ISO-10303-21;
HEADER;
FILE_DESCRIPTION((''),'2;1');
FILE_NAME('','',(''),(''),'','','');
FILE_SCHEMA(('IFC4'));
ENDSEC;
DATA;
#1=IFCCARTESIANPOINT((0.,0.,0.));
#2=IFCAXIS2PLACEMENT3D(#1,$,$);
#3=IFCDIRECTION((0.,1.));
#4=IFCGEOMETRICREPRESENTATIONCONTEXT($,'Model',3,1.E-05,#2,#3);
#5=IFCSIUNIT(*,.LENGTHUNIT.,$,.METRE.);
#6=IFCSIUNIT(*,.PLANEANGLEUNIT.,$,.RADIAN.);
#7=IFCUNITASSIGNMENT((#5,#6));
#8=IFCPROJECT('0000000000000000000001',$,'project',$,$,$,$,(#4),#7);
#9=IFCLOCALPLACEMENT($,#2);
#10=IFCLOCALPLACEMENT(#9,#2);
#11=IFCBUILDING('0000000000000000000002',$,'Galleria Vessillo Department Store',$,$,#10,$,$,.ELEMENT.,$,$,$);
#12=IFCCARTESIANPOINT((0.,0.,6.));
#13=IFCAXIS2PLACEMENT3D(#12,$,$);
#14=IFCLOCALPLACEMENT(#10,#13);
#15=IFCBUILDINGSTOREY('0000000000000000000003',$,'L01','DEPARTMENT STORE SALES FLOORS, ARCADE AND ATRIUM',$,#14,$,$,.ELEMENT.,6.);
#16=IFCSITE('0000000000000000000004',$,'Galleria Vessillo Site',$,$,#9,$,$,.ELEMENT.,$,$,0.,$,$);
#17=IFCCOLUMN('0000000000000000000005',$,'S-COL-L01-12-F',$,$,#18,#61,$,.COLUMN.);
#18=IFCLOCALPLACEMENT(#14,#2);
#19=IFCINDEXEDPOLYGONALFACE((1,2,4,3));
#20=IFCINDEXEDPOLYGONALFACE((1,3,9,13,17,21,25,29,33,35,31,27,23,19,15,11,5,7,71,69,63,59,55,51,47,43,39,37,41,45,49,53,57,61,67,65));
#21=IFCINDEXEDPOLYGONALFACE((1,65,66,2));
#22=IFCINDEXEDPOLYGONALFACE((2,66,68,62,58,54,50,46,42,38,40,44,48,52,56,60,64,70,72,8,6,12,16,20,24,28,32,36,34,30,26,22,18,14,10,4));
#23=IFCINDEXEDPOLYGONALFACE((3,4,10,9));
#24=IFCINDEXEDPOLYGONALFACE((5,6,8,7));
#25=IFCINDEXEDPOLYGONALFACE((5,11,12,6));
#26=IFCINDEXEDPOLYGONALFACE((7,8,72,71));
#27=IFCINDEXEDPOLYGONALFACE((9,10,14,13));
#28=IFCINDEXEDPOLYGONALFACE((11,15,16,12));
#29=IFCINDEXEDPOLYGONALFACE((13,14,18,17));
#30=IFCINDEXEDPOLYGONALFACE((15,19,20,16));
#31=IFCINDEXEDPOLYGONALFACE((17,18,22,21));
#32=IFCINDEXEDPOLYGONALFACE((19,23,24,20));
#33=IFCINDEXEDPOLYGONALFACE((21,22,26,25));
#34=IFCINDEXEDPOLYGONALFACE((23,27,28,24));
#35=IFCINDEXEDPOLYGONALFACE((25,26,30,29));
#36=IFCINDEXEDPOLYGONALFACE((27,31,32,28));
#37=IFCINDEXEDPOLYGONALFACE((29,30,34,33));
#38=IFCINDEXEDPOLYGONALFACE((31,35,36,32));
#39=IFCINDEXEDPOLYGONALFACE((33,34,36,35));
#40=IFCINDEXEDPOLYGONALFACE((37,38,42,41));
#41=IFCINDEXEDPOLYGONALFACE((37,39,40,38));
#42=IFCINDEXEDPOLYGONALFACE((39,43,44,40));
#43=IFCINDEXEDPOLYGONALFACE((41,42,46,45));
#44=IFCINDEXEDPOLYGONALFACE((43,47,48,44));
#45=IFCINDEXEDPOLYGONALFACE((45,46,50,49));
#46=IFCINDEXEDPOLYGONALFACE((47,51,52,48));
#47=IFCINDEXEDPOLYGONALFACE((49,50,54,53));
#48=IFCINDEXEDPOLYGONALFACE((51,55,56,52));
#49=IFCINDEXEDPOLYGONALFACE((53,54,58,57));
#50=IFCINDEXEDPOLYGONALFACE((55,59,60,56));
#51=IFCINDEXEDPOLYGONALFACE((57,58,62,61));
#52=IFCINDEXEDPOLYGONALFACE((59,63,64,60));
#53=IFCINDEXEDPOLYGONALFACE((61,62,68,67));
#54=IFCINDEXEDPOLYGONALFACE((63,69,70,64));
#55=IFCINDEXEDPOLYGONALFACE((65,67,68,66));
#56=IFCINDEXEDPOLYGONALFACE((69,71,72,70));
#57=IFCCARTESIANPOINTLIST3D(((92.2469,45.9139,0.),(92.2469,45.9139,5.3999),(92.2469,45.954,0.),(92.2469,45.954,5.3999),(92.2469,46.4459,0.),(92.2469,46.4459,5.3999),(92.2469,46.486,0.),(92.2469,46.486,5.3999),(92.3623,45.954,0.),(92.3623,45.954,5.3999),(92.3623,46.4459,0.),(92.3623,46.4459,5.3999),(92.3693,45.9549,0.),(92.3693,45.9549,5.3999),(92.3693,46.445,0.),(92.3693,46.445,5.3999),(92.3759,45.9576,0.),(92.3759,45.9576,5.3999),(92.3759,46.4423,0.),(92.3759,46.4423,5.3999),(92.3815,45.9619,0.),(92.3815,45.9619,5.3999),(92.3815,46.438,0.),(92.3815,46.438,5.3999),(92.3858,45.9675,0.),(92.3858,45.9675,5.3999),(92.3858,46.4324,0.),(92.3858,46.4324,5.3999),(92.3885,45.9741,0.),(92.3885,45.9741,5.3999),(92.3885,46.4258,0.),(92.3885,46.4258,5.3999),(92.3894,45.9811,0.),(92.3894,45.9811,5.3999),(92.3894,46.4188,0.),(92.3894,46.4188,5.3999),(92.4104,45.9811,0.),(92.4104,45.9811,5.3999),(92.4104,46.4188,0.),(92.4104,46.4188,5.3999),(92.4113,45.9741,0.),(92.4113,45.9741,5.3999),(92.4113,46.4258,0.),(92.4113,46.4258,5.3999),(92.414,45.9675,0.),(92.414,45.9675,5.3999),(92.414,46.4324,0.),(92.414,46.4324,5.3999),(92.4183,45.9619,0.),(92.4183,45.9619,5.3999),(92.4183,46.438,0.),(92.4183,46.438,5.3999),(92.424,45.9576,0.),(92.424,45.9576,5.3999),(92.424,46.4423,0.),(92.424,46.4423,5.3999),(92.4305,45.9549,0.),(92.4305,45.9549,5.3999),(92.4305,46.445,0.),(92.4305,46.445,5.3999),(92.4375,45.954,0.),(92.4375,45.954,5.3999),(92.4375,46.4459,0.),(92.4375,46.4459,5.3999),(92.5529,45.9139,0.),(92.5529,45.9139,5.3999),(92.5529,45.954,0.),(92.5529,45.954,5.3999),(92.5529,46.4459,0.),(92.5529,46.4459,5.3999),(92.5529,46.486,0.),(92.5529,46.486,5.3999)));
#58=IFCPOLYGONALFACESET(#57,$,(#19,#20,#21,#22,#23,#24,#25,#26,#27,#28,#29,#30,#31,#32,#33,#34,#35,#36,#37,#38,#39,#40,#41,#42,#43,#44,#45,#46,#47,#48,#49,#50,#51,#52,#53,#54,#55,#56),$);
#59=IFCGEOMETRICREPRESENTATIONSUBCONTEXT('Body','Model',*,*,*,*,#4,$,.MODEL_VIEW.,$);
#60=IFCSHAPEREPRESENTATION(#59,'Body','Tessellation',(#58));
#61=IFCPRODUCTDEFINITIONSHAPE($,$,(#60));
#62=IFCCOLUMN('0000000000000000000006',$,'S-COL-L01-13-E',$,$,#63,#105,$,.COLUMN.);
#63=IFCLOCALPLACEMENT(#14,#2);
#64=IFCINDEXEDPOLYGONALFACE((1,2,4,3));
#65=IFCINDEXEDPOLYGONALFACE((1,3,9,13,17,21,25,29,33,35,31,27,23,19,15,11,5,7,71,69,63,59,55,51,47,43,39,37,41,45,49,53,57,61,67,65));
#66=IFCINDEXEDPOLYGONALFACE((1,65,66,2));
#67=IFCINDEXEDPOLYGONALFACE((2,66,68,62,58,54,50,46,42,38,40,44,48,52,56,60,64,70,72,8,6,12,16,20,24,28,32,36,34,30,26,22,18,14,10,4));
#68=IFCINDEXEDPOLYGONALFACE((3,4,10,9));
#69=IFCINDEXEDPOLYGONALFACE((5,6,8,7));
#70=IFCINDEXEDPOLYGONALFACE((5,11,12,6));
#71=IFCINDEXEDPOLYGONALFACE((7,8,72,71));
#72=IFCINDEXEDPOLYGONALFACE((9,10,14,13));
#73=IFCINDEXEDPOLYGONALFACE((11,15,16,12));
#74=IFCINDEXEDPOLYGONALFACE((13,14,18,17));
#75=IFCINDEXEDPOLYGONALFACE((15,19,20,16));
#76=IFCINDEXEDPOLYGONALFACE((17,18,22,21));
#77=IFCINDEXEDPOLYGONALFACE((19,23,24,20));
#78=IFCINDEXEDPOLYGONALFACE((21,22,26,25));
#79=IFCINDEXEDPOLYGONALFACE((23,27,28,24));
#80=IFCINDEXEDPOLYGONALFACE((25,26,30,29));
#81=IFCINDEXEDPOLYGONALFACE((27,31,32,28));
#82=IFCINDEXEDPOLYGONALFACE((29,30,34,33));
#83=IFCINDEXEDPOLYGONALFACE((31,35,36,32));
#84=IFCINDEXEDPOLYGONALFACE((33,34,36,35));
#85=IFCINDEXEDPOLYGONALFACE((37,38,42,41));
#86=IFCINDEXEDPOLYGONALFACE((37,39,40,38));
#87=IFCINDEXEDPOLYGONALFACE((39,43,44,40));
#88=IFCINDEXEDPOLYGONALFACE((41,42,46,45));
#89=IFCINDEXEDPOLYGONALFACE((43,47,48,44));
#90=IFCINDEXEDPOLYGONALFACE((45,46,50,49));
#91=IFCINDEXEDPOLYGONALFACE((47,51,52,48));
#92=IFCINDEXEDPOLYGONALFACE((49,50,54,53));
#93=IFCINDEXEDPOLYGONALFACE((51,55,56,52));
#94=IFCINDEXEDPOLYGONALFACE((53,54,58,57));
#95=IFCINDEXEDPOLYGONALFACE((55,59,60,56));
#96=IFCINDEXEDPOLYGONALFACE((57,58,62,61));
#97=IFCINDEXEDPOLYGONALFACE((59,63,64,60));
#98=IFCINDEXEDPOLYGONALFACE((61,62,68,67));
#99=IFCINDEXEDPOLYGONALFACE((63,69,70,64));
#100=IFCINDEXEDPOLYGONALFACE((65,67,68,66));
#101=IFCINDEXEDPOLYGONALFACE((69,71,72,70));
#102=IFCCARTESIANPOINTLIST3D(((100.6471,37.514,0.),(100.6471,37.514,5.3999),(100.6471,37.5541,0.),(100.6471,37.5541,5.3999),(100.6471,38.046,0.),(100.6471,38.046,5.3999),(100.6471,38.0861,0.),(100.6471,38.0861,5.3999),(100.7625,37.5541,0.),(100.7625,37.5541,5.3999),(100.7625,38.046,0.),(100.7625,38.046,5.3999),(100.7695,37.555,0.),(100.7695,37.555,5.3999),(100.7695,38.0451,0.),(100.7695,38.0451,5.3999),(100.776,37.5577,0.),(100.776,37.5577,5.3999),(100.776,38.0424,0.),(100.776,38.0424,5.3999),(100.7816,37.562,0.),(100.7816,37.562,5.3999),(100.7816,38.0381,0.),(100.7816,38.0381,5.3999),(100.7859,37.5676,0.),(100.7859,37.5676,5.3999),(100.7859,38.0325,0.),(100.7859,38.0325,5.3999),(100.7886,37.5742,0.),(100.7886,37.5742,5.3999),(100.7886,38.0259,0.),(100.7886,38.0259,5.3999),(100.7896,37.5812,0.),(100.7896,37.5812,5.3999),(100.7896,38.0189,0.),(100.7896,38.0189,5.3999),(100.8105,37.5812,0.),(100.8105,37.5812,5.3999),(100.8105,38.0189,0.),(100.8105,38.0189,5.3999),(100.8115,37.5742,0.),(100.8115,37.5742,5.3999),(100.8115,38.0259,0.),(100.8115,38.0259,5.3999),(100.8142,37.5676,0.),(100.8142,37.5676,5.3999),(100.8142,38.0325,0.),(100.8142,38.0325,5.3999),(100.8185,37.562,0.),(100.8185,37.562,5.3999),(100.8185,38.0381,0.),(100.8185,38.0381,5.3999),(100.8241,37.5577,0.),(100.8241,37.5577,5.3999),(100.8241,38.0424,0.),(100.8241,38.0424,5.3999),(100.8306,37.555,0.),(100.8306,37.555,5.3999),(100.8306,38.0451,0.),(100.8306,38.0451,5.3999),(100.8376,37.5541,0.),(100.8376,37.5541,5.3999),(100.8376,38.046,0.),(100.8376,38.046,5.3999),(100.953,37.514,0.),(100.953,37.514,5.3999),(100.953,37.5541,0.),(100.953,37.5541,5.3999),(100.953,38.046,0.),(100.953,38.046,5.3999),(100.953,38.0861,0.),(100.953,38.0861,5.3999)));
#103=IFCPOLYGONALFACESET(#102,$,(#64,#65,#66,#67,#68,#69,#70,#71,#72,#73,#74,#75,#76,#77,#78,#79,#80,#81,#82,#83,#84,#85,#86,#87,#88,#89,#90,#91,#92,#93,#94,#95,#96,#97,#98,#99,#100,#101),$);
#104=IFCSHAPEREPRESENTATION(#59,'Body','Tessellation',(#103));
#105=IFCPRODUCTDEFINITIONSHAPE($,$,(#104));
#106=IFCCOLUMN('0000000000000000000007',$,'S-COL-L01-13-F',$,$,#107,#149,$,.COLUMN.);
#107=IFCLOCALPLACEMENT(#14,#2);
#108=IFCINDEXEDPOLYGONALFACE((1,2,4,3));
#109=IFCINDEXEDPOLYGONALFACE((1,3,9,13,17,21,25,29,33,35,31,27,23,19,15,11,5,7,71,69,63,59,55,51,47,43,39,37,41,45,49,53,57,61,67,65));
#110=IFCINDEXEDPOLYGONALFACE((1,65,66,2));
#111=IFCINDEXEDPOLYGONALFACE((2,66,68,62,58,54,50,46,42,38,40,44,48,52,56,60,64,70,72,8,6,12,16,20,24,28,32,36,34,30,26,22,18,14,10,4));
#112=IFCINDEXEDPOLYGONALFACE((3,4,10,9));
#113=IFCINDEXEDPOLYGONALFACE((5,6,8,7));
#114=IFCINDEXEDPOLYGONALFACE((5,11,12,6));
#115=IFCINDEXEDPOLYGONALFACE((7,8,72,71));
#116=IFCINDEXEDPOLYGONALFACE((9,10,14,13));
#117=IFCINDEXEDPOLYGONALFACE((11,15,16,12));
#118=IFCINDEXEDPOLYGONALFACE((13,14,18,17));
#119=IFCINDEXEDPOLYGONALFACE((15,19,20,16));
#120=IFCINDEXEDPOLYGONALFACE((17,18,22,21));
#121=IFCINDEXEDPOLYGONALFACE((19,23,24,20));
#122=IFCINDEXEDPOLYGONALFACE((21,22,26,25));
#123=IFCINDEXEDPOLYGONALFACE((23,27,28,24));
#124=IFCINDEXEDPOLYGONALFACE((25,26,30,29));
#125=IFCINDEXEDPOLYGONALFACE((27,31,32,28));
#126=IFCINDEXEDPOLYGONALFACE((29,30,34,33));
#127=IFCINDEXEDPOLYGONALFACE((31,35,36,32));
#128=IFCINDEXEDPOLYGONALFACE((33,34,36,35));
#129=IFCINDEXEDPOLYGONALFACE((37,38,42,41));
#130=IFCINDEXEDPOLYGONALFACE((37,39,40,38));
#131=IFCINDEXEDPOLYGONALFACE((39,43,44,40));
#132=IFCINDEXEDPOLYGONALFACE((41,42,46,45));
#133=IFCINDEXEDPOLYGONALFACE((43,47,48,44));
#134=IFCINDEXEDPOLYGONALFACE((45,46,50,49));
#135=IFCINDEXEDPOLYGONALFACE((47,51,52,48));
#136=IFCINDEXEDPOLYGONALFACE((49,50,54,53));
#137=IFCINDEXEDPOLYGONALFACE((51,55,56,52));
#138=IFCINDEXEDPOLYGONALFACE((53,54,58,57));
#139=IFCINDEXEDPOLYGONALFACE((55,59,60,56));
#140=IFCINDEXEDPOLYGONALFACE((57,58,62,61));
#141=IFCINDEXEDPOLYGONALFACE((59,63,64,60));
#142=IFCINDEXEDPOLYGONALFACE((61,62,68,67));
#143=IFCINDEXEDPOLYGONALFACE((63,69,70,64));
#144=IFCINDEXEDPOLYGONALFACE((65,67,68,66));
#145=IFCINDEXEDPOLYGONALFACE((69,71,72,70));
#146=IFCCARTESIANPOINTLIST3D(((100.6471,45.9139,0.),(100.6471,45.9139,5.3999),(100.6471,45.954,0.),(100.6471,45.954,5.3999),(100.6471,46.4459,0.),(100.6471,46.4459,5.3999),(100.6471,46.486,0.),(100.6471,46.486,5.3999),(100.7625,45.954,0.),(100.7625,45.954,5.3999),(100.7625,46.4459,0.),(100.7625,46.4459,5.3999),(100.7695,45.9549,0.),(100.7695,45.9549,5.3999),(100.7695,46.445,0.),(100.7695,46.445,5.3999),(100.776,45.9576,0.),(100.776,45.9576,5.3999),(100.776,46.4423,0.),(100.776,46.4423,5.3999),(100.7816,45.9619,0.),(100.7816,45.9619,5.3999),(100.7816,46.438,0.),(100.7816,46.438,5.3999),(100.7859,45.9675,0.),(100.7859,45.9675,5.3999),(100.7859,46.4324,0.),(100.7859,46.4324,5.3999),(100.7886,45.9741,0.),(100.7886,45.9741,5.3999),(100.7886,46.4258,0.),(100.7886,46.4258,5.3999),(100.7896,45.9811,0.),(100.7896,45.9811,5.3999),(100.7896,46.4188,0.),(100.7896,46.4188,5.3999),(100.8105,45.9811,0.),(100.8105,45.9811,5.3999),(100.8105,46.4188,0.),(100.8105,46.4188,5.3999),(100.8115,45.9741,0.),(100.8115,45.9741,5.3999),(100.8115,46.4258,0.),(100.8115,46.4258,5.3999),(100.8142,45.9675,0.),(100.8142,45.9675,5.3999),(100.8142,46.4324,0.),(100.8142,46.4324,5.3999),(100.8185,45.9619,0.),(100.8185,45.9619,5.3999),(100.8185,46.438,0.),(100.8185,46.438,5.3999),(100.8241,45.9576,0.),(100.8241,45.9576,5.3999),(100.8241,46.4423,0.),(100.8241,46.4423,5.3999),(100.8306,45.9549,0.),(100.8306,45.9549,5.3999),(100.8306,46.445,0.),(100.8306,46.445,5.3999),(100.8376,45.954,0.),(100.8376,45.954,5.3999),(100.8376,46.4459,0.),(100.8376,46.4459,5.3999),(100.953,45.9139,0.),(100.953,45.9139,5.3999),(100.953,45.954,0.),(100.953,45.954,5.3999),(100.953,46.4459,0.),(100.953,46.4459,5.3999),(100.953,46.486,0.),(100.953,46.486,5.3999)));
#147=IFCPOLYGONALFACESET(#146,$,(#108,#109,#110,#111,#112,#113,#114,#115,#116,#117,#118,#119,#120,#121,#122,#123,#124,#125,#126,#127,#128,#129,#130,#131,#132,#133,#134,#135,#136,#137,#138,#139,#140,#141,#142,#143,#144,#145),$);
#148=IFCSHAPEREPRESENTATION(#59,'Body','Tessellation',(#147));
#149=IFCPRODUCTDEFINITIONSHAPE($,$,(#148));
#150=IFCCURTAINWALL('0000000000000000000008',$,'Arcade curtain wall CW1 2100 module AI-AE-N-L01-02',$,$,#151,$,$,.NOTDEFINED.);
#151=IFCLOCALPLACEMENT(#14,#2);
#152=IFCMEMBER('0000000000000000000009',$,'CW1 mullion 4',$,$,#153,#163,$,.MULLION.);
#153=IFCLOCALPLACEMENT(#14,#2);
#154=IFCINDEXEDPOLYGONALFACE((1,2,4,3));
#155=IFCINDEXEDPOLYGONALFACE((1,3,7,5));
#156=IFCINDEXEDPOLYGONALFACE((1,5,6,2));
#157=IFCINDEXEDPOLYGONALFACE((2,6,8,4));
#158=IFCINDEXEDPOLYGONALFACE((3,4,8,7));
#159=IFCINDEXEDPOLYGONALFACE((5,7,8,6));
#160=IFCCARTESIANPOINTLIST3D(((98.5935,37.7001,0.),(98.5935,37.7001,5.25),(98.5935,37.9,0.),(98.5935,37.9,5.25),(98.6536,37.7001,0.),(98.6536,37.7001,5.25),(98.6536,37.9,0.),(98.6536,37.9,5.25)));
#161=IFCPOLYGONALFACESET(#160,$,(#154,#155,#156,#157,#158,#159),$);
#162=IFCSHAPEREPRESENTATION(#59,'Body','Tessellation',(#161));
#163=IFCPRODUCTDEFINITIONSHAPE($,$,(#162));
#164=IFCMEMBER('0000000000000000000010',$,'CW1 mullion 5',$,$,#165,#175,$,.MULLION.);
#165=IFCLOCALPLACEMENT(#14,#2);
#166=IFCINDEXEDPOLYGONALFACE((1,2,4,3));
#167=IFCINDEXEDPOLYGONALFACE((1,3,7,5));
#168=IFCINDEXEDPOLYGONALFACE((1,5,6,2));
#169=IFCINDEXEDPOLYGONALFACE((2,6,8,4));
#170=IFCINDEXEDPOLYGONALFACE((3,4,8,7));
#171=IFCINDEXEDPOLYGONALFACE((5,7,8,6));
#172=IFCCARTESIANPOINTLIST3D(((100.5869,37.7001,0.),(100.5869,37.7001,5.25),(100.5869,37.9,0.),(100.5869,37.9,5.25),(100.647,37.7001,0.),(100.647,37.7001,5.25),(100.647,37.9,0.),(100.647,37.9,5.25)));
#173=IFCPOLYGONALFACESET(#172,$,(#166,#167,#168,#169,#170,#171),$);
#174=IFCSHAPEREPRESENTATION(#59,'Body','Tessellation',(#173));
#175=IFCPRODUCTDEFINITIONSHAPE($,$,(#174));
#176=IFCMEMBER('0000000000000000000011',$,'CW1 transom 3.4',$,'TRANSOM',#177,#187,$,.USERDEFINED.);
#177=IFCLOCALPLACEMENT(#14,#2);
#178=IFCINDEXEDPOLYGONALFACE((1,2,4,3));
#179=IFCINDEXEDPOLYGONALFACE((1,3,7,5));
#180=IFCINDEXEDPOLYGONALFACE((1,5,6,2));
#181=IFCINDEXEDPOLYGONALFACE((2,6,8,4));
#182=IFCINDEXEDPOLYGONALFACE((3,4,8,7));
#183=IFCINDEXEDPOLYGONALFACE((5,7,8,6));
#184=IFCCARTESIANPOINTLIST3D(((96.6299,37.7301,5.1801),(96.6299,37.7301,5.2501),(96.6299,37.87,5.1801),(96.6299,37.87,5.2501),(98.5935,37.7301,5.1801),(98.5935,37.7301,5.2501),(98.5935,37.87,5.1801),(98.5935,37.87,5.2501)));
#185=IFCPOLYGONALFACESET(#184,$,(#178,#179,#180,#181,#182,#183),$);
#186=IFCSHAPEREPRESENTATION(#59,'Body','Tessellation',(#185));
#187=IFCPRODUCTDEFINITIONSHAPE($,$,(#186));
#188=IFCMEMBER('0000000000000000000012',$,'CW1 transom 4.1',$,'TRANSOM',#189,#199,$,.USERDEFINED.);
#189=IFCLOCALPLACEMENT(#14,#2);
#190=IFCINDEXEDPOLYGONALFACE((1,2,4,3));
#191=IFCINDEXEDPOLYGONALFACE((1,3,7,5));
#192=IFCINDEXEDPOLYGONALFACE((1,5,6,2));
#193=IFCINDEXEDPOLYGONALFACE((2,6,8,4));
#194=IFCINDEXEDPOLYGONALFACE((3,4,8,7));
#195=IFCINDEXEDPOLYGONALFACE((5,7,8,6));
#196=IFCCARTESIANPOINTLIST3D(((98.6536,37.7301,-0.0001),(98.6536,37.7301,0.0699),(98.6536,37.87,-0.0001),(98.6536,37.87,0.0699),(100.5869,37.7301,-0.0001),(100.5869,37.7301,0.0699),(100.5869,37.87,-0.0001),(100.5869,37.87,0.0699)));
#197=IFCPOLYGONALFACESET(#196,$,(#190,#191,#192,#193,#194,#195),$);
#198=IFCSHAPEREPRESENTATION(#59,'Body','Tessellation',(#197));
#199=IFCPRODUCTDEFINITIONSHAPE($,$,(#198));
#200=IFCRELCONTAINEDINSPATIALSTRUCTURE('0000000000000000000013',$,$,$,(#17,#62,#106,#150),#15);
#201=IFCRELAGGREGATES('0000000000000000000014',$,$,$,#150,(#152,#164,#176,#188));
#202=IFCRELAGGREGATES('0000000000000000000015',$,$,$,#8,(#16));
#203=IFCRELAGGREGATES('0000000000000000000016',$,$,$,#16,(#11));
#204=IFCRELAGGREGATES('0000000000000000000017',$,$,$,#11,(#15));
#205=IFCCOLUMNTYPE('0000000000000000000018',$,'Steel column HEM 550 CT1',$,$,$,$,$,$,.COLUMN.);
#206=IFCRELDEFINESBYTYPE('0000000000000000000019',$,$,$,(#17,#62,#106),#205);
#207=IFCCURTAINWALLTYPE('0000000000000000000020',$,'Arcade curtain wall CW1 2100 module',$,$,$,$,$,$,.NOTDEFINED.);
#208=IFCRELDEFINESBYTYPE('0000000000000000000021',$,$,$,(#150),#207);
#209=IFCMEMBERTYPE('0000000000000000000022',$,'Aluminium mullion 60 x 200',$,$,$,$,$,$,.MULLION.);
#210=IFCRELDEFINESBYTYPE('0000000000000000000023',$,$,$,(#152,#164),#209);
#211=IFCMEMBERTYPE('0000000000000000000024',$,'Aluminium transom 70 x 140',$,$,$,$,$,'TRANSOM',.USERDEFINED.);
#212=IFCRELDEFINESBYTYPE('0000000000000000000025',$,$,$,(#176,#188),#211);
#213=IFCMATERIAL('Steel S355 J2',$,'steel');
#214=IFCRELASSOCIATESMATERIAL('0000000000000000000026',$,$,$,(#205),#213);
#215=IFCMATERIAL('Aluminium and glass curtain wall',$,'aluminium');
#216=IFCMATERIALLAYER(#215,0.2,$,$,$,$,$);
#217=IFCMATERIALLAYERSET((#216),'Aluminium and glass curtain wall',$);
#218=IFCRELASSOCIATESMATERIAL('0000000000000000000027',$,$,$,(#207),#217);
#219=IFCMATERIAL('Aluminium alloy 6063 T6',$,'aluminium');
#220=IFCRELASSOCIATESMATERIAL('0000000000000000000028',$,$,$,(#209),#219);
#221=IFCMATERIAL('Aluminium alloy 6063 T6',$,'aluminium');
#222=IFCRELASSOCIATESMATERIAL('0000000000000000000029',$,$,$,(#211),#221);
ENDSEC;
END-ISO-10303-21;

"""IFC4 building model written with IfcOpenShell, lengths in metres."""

from ifc_helpers import new_model, si_unit, direction, frame, origin, origin_2d, place, context, subcontext, project, spatial, rectangle, i_section, extrude, material, layer, layer_set, material_profile, profile_set, type_object, element, aggregate, save


model = new_model("IFC4")

# Units and contexts
model_context = context("Model", 3, precision=1e-05, world=origin(), true_north=direction((0.0, 1.0)))
body_context = subcontext(model_context, "Body", "Model", "MODEL_VIEW")
ifc_project = project(units=[si_unit("LENGTHUNIT", "METRE"), si_unit("PLANEANGLEUNIT", "RADIAN")], contexts=[model_context])

# Site, building, storey
site_placement = place(None, origin())
site = spatial("IfcSite", under=ifc_project, at=site_placement, Name="Galleria Vessillo Site", CompositionType="ELEMENT", RefElevation=0.0)
building_placement = place(site_placement, origin())
building = spatial("IfcBuilding", under=site, at=building_placement, Name="Galleria Vessillo Department Store", CompositionType="ELEMENT")
storey_placement = place(building_placement, frame((0.0, 0.0, 6.0)))
storey = spatial("IfcBuildingStorey", under=building, at=storey_placement, Name="L01", Description="DEPARTMENT STORE SALES FLOORS, ARCADE AND ATRIUM", CompositionType="ELEMENT", Elevation=6.0)

# Columns
ifc_material_1 = material(Name="Steel S355 J2", Category="steel")
ifc_material_profile_1 = material_profile(ifc_material_1, i_section(OverallWidth=0.3059, OverallDepth=0.572, WebThickness=0.021, FlangeThickness=0.04, FilletRadius=0.0271, at=origin_2d()), Name="HEM 550")
ifc_profile_set_1 = profile_set([ifc_material_profile_1], Name="Steel S355 J2")
column_type = type_object("IfcColumnType", Name="Steel column HEM 550 CT1", PredefinedType="COLUMN", material=ifc_profile_set_1)
for number, where, z_axis, x_axis, name in (
    (1, (92.3999, 46.2, 0.0), (0.0, 0.0, 1.0), (1.0, 0.0, 0.0), "S-COL-L01-12-F"),
    (2, (100.8, 37.8, 0.0), (0.0, 0.0, 1.0), (1.0, 0.0, 0.0), "S-COL-L01-13-E"),
    (3, (100.8, 46.2, 0.0), (0.0, 0.0, 1.0), (1.0, 0.0, 0.0), "S-COL-L01-13-F"),
):
    element("IfcColumn", number, at=place(storey_placement, frame(where, z_axis=z_axis, x_axis=x_axis)), inside=storey, type_object=column_type, Name=name, PredefinedType="COLUMN", context=body_context, shape_type="SweptSolid", body=[
        extrude(i_section(OverallWidth=0.3059, OverallDepth=0.572, WebThickness=0.021, FlangeThickness=0.04, FilletRadius=0.0271, at=origin_2d()), origin(), (0.0, 0.0, 1.0), 5.3999),
    ])

# Curtain wall, members
ifc_material_2 = material(Name="Aluminium and glass curtain wall", Category="aluminium")
ifc_layer_1 = layer(ifc_material_2, 0.2)
ifc_layer_set_1 = layer_set([ifc_layer_1], Name="Aluminium and glass curtain wall")
curtain_wall_type = type_object("IfcCurtainWallType", Name="Arcade curtain wall CW1 2100 module", PredefinedType="NOTDEFINED", material=ifc_layer_set_1)
curtain_wall_placement = place(storey_placement, origin())
curtain_wall = element("IfcCurtainWall", 4, at=curtain_wall_placement, inside=storey, type_object=curtain_wall_type, Name="Arcade curtain wall CW1 2100 module AI-AE-N-L01-02", PredefinedType="NOTDEFINED")
ifc_material_3 = material(Name="Aluminium alloy 6063 T6", Category="aluminium")
ifc_material_profile_2 = material_profile(ifc_material_3, rectangle(XDim=0.2, YDim=0.0601, at=origin_2d()), Name="AL 60x200")
ifc_profile_set_2 = profile_set([ifc_material_profile_2], Name="Aluminium alloy 6063 T6")
member_type_1 = type_object("IfcMemberType", Name="Aluminium mullion 60 x 200", PredefinedType="MULLION", material=ifc_profile_set_2)
member_1_placement = place(storey_placement, frame((98.6235, 37.8, 0.0), z_axis=(0.0, 0.0, 1.0), x_axis=(0.0, 1.0, 0.0)))
member_1 = element("IfcMember", 5, at=member_1_placement, type_object=member_type_1, Name="CW1 mullion 4", PredefinedType="MULLION", context=body_context, shape_type="SweptSolid", body=[
    extrude(rectangle(XDim=0.2, YDim=0.0601, at=origin_2d()), origin(), (0.0, 0.0, 1.0), 5.25),
])
member_2_placement = place(storey_placement, frame((100.6169, 37.8, 0.0), z_axis=(0.0, 0.0, 1.0), x_axis=(0.0, 1.0, 0.0)))
member_2 = element("IfcMember", 6, at=member_2_placement, type_object=member_type_1, Name="CW1 mullion 5", PredefinedType="MULLION", context=body_context, shape_type="SweptSolid", body=[
    extrude(rectangle(XDim=0.2, YDim=0.0601, at=origin_2d()), origin(), (0.0, 0.0, 1.0), 5.25),
])
ifc_material_4 = material(Name="Aluminium alloy 6063 T6", Category="aluminium")
ifc_material_profile_3 = material_profile(ifc_material_4, rectangle(XDim=0.1399, YDim=0.0701, at=origin_2d()), Name="AL 70x140")
ifc_profile_set_3 = profile_set([ifc_material_profile_3], Name="Aluminium alloy 6063 T6")
member_type_2 = type_object("IfcMemberType", Name="Aluminium transom 70 x 140", ElementType="TRANSOM", PredefinedType="USERDEFINED", material=ifc_profile_set_3)
member_3_placement = place(storey_placement, frame((96.6299, 37.8, 5.2151), z_axis=(1.0, 0.0, 0.0), x_axis=(0.0, 1.0, 0.0)))
member_3 = element("IfcMember", 7, at=member_3_placement, type_object=member_type_2, Name="CW1 transom 3.4", ObjectType="TRANSOM", PredefinedType="USERDEFINED", context=body_context, shape_type="SweptSolid", body=[
    extrude(rectangle(XDim=0.1399, YDim=0.0701, at=origin_2d()), origin(), (0.0, 0.0, 1.0), 1.9636),
])
member_4_placement = place(storey_placement, frame((98.6536, 37.8, 0.0349), z_axis=(1.0, 0.0, 0.0), x_axis=(0.0, 1.0, 0.0)))
member_4 = element("IfcMember", 8, at=member_4_placement, type_object=member_type_2, Name="CW1 transom 4.1", ObjectType="TRANSOM", PredefinedType="USERDEFINED", context=body_context, shape_type="SweptSolid", body=[
    extrude(rectangle(XDim=0.1399, YDim=0.0701, at=origin_2d()), origin(), (0.0, 0.0, 1.0), 1.9333),
])

aggregate(curtain_wall, [member_1, member_2, member_3, member_4])

save(model, "model.ifc")
